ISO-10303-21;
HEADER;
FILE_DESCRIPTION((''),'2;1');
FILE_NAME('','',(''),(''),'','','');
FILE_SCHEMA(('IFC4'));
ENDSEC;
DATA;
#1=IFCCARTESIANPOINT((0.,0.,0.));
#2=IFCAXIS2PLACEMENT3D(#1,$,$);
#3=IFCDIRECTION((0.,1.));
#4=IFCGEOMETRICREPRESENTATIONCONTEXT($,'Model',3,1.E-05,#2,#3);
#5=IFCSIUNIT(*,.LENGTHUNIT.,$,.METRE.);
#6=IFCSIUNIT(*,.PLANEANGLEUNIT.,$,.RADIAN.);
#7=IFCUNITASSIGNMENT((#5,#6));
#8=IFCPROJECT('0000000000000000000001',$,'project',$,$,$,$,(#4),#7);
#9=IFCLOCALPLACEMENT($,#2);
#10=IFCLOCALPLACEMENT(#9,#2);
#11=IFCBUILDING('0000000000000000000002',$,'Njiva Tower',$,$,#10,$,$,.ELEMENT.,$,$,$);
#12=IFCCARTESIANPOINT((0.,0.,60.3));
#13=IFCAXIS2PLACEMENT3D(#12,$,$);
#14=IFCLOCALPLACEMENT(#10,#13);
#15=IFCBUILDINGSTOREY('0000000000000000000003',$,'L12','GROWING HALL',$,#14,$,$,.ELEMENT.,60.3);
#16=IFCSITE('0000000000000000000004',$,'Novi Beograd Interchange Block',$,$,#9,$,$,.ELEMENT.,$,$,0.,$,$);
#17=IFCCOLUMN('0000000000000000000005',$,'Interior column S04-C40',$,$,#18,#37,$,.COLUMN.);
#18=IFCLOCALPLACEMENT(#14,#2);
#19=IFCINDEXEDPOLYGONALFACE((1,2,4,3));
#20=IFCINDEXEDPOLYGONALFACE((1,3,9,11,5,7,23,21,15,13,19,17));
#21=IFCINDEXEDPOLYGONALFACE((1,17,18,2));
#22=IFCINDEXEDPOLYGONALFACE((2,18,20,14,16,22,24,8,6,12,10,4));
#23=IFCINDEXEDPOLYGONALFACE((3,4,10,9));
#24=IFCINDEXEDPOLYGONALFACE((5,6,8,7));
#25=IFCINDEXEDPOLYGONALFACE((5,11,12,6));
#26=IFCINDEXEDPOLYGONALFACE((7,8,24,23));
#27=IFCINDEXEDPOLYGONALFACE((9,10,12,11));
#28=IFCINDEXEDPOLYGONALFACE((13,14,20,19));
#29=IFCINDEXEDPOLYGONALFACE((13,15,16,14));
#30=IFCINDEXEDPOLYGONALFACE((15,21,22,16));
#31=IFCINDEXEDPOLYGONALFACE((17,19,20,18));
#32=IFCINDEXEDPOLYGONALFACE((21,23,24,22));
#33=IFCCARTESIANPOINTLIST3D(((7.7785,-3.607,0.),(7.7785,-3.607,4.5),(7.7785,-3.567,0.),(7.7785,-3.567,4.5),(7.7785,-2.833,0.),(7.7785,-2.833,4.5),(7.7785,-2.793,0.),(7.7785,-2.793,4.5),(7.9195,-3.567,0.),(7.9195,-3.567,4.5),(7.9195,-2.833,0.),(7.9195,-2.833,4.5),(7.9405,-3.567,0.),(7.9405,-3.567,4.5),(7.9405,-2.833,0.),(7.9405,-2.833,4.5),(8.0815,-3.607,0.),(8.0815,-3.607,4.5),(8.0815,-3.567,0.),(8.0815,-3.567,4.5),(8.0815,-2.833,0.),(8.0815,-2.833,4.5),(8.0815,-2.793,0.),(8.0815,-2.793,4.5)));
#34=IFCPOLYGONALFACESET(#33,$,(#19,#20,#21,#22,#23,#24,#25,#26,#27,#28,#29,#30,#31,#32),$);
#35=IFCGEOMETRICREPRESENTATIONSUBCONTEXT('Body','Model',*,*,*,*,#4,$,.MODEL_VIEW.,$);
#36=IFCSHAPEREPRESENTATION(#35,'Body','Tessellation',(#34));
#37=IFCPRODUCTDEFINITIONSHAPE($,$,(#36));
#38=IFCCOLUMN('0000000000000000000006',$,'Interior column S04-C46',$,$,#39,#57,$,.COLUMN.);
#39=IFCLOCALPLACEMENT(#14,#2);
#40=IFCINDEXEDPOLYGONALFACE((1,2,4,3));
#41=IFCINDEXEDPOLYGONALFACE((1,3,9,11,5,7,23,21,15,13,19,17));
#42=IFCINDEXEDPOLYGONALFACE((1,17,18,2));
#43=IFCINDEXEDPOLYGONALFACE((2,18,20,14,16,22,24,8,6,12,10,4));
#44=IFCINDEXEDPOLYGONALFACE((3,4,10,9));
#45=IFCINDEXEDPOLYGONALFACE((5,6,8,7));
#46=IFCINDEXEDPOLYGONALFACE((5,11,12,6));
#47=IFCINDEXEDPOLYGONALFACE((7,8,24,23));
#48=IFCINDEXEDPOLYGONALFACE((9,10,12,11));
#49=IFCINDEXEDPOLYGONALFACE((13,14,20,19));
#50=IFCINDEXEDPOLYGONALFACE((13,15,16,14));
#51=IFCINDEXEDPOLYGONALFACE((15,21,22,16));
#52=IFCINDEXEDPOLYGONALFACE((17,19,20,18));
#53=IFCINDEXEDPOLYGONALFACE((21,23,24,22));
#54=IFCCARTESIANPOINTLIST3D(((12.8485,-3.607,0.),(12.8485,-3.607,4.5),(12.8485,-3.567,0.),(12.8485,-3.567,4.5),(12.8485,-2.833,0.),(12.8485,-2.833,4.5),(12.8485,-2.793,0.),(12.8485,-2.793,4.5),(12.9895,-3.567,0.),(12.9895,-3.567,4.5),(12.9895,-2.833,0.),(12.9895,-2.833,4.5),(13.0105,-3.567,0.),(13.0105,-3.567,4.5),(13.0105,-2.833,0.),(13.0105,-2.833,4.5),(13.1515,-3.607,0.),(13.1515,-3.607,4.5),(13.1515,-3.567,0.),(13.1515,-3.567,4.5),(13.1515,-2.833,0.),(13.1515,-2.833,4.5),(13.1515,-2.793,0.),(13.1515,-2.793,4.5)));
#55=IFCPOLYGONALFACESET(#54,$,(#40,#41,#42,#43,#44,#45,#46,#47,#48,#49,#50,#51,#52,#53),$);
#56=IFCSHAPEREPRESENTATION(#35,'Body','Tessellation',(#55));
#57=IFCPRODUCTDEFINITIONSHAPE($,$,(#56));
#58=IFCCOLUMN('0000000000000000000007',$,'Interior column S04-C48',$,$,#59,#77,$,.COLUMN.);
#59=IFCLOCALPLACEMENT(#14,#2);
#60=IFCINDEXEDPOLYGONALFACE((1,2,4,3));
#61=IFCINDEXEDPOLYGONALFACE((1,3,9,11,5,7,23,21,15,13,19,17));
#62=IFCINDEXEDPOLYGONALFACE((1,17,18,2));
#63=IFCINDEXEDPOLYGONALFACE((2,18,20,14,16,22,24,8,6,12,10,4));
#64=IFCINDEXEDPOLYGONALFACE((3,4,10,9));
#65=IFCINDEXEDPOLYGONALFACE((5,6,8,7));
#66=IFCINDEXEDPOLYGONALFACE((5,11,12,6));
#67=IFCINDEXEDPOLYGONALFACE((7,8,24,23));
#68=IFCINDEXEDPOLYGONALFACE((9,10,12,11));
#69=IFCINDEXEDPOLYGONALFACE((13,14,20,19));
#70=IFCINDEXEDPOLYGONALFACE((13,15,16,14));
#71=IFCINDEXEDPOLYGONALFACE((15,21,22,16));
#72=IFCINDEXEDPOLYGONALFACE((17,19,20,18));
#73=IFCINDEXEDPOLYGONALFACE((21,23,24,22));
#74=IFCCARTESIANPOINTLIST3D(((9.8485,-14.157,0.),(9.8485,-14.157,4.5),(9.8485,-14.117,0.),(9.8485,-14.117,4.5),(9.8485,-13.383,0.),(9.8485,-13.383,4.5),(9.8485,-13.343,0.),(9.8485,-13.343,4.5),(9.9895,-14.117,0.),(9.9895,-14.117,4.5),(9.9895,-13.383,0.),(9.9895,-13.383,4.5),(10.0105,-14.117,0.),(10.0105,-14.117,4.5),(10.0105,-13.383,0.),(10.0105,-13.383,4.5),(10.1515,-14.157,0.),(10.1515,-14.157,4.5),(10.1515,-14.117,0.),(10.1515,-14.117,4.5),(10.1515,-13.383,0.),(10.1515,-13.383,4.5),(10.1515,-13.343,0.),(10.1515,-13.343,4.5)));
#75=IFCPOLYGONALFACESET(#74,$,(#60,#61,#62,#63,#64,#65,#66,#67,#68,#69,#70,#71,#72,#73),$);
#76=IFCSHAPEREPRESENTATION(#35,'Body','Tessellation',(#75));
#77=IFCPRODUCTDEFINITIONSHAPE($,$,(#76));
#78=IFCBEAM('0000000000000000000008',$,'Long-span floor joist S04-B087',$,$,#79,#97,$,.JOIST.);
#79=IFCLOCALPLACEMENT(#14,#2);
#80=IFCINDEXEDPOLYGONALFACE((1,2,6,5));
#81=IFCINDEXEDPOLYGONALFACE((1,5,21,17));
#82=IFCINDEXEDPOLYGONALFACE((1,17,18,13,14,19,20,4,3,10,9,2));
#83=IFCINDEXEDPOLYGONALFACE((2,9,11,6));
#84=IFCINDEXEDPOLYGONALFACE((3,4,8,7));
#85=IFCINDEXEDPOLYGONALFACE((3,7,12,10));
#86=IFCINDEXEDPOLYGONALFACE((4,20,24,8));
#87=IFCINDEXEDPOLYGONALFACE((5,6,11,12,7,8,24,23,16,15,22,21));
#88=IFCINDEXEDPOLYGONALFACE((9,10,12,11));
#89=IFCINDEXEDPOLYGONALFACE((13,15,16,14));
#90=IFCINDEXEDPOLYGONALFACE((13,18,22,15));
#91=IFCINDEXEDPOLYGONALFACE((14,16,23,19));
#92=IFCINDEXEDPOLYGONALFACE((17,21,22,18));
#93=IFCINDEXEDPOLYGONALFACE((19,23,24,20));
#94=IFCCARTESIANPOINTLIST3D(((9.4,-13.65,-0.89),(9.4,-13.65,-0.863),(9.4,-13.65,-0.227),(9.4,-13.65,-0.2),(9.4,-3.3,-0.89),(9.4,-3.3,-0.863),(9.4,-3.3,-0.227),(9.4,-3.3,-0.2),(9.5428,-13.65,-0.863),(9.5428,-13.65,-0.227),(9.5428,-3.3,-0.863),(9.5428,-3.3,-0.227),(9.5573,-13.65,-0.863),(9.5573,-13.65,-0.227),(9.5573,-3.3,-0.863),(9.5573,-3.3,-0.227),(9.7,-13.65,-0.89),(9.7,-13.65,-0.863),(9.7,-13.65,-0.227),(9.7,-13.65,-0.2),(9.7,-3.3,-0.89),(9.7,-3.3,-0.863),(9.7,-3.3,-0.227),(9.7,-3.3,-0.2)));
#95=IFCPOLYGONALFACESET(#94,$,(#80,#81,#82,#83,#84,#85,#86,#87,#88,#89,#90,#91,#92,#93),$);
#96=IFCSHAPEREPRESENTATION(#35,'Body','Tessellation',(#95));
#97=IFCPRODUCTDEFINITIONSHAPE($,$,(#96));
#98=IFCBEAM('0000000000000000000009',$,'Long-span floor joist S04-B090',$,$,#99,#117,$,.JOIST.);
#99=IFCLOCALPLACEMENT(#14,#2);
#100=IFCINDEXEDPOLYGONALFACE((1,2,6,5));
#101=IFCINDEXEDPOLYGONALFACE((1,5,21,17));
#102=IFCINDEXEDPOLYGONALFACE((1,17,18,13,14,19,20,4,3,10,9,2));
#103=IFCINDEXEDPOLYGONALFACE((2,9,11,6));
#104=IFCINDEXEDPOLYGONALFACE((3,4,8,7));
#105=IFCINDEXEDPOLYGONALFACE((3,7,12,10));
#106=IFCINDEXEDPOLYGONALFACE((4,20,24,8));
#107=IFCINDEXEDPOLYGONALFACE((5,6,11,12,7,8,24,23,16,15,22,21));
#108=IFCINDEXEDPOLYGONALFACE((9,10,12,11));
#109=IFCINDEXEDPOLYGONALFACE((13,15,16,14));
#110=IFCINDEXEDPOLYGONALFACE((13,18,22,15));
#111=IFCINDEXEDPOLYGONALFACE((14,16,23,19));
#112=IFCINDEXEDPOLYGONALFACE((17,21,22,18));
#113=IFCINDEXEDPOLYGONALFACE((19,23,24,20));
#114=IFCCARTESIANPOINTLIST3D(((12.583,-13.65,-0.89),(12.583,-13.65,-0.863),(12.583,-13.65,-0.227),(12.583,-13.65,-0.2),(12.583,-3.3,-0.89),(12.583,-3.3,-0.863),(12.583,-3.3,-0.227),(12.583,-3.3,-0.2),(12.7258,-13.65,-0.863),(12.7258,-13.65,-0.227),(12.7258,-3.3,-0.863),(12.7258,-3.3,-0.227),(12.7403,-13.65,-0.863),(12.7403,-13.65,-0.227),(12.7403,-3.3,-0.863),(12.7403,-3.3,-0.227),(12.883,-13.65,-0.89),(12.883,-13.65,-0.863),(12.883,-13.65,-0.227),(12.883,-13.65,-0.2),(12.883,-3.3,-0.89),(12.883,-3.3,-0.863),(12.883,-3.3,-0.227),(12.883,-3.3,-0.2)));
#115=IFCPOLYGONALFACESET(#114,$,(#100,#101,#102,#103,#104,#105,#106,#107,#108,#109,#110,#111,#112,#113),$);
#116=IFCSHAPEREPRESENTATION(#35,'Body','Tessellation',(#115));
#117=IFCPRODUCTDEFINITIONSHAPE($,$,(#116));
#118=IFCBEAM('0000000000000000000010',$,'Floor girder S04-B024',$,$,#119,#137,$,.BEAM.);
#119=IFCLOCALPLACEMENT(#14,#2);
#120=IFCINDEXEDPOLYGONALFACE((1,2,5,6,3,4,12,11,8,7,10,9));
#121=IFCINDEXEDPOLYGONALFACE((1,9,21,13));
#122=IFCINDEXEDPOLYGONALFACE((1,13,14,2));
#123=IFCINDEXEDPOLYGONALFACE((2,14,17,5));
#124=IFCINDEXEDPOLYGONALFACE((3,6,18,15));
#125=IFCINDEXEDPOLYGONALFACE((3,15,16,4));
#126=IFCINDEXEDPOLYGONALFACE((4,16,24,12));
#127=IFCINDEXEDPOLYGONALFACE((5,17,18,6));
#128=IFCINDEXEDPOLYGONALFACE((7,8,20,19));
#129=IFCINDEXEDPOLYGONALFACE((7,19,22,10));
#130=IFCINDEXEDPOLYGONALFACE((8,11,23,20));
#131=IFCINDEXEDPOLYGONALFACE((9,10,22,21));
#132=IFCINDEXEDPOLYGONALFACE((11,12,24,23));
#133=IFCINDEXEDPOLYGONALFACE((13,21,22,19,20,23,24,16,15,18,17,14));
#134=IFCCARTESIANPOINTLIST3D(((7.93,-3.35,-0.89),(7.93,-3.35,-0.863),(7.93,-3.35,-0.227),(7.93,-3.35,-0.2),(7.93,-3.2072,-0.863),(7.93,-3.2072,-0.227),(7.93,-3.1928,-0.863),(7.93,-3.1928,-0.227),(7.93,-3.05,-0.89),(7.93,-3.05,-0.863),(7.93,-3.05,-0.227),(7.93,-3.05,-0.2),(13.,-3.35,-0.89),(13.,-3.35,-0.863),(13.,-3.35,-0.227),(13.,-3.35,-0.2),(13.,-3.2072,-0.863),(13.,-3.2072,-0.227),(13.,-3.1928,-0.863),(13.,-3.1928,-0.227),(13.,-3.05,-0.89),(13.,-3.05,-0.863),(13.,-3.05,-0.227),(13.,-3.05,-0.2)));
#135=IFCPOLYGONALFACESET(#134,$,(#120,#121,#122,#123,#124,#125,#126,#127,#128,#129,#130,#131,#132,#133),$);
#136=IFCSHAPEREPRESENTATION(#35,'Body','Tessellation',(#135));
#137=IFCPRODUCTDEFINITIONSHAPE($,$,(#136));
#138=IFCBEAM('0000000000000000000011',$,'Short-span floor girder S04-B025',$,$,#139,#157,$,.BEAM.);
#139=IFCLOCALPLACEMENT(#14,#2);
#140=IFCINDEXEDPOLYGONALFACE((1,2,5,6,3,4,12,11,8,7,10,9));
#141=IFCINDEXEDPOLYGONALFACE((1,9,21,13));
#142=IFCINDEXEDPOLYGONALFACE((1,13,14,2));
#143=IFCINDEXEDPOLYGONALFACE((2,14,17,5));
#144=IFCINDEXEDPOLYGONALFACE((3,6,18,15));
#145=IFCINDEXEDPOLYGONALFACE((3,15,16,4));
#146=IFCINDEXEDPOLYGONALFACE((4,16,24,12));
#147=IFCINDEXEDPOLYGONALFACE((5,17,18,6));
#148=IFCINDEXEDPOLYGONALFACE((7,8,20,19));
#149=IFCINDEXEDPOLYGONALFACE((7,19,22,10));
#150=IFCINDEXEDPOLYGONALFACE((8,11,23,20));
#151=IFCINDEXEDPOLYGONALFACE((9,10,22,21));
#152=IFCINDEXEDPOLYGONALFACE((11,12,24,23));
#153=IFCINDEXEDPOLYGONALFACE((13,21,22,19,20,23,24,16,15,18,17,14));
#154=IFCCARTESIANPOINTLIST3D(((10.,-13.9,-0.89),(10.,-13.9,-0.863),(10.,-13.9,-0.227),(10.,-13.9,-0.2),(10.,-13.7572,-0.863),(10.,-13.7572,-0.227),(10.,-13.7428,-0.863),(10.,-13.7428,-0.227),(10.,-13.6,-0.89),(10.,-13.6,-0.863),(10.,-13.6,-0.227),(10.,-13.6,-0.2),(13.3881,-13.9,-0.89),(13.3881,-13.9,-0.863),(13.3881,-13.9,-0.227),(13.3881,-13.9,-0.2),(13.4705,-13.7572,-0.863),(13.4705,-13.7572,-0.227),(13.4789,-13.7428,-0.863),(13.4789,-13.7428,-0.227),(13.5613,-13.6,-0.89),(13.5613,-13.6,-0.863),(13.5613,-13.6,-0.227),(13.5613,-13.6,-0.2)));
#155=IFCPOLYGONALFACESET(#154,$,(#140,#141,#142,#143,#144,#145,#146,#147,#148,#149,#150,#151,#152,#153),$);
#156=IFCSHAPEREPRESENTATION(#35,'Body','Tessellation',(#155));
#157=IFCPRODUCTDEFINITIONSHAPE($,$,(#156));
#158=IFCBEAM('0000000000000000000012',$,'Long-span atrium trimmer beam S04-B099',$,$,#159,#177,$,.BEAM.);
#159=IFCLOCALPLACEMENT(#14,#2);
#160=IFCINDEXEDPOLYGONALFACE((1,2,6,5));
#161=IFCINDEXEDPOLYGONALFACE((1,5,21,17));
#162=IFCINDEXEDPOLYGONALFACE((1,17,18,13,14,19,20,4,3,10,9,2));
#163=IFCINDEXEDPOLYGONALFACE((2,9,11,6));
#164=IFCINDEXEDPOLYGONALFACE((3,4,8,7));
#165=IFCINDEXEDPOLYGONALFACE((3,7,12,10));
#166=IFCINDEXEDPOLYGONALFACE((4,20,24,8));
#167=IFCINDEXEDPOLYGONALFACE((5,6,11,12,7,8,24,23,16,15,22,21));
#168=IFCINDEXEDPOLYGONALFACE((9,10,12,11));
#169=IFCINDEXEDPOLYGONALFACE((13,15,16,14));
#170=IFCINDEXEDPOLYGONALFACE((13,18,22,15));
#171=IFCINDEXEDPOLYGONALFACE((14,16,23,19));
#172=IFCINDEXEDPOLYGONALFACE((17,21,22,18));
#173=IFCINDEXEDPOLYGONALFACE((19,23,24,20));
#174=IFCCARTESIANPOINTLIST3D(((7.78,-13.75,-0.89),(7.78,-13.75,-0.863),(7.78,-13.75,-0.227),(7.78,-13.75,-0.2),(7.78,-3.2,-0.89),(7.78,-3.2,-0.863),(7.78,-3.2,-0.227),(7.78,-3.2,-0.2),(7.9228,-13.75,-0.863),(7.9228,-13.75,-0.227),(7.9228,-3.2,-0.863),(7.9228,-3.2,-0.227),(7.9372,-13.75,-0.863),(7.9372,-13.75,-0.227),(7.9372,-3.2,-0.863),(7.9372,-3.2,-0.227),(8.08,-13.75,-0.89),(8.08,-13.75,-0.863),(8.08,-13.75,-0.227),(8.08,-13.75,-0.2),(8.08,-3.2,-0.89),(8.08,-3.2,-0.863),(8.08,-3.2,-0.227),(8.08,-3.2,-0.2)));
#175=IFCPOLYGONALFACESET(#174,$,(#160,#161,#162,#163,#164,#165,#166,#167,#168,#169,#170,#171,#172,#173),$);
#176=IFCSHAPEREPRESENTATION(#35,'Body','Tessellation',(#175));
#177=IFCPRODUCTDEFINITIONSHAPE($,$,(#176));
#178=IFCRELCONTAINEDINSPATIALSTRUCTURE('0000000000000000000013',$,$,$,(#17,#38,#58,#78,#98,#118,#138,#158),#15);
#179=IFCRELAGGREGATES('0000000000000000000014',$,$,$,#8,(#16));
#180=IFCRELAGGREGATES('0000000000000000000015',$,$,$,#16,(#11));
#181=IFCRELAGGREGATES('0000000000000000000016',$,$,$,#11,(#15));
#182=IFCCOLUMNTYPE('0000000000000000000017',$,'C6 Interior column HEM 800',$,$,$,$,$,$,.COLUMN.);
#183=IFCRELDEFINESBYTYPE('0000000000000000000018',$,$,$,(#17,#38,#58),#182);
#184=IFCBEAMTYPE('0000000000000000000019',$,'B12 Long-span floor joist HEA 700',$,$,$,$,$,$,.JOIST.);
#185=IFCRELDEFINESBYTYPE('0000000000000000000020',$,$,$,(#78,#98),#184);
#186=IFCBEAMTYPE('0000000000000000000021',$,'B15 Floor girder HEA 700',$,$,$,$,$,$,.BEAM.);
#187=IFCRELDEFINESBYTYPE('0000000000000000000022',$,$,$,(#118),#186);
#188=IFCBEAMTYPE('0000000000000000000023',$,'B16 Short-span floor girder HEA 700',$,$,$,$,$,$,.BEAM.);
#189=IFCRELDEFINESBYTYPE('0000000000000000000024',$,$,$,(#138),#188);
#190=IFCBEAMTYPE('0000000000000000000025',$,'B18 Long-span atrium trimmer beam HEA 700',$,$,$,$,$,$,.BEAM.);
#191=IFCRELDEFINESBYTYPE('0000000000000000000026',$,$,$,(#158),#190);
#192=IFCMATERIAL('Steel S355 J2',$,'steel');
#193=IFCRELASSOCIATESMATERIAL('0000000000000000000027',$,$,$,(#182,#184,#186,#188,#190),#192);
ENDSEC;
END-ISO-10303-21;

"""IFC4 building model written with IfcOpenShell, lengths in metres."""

from ifc_helpers import new_model, si_unit, direction, frame, origin, origin_2d, place, context, subcontext, project, spatial, i_section, extrude, clip, halfspace, material, material_profile, profile_set, type_object, element, save


model = new_model("IFC4")

# Units and contexts
model_context = context("Model", 3, precision=1e-05, world=origin(), true_north=direction((0.0, 1.0)))
body_context = subcontext(model_context, "Body", "Model", "MODEL_VIEW")
ifc_project = project(units=[si_unit("LENGTHUNIT", "METRE"), si_unit("PLANEANGLEUNIT", "RADIAN")], contexts=[model_context])

# Site, building, storey
site_placement = place(None, origin())
site = spatial("IfcSite", under=ifc_project, at=site_placement, Name="Novi Beograd Interchange Block", CompositionType="ELEMENT", RefElevation=0.0)
building_placement = place(site_placement, origin())
building = spatial("IfcBuilding", under=site, at=building_placement, Name="Njiva Tower", CompositionType="ELEMENT")
storey_placement = place(building_placement, frame((0.0, 0.0, 60.3)))
storey = spatial("IfcBuildingStorey", under=building, at=storey_placement, Name="L12", Description="GROWING HALL", CompositionType="ELEMENT", Elevation=60.3)

# Columns
ifc_material_1 = material(Name="Steel S355 J2", Category="steel")
ifc_material_profile_1 = material_profile(ifc_material_1, i_section(OverallWidth=0.303, OverallDepth=0.814, WebThickness=0.021, FlangeThickness=0.04, at=origin_2d()), Name="HEM 800")
ifc_profile_set_1 = profile_set([ifc_material_profile_1], Name="Steel S355 J2")
column_type = type_object("IfcColumnType", Name="C6 Interior column HEM 800", PredefinedType="COLUMN", material=ifc_profile_set_1)
for number, where, z_axis, x_axis, name in (
    (1, (7.93, -3.2, 0.0), (0.0, 0.0, 1.0), (1.0, 0.0, 0.0), "Interior column S04-C40"),
    (2, (13.0, -3.2, 0.0), (0.0, 0.0, 1.0), (1.0, 0.0, 0.0), "Interior column S04-C46"),
    (3, (10.0, -13.75, 0.0), (0.0, 0.0, 1.0), (1.0, 0.0, 0.0), "Interior column S04-C48"),
):
    element("IfcColumn", number, at=place(storey_placement, frame(where, z_axis=z_axis, x_axis=x_axis)), inside=storey, type_object=column_type, Name=name, PredefinedType="COLUMN", context=body_context, shape_type="SweptSolid", body=[
        extrude(i_section(OverallWidth=0.303, OverallDepth=0.814, WebThickness=0.021, FlangeThickness=0.04, at=origin_2d()), origin(), (0.0, 0.0, 1.0), 4.5),
    ])

# Beams
ifc_material_profile_2 = material_profile(ifc_material_1, i_section(OverallWidth=0.3, OverallDepth=0.69, WebThickness=0.0145, FlangeThickness=0.027, at=origin_2d()), Name="HEA 700")
ifc_profile_set_2 = profile_set([ifc_material_profile_2], Name="Steel S355 J2")
beam_type_1 = type_object("IfcBeamType", Name="B12 Long-span floor joist HEA 700", PredefinedType="JOIST", material=ifc_profile_set_2)
for number, where, z_axis, x_axis, name in (
    (4, (9.55, -3.3, -0.545), (0.0, -1.0, 0.0), (1.0, 0.0, 0.0), "Long-span floor joist S04-B087"),
    (5, (12.733, -3.3, -0.545), (0.0, -1.0, 0.0), (1.0, 0.0, 0.0), "Long-span floor joist S04-B090"),
):
    element("IfcBeam", number, at=place(storey_placement, frame(where, z_axis=z_axis, x_axis=x_axis)), inside=storey, type_object=beam_type_1, Name=name, PredefinedType="JOIST", context=body_context, shape_type="SweptSolid", body=[
        extrude(i_section(OverallWidth=0.3, OverallDepth=0.69, WebThickness=0.0145, FlangeThickness=0.027, at=origin_2d()), origin(), (0.0, 0.0, 1.0), 10.35),
    ])
ifc_material_profile_3 = material_profile(ifc_material_1, i_section(OverallWidth=0.3, OverallDepth=0.69, WebThickness=0.0145, FlangeThickness=0.027, at=origin_2d()), Name="HEA 700")
ifc_profile_set_3 = profile_set([ifc_material_profile_3], Name="Steel S355 J2")
beam_type_2 = type_object("IfcBeamType", Name="B15 Floor girder HEA 700", PredefinedType="BEAM", material=ifc_profile_set_3)
beam_1_placement = place(storey_placement, frame((7.93, -3.2, -0.545), z_axis=(1.0, 0.0, 0.0), x_axis=(0.0, 1.0, 0.0)))
element("IfcBeam", 6, at=beam_1_placement, inside=storey, type_object=beam_type_2, Name="Floor girder S04-B024", PredefinedType="BEAM", context=body_context, shape_type="SweptSolid", body=[
    extrude(i_section(OverallWidth=0.3, OverallDepth=0.69, WebThickness=0.0145, FlangeThickness=0.027, at=origin_2d()), origin(), (0.0, 0.0, 1.0), 5.07),
])
ifc_material_profile_4 = material_profile(ifc_material_1, i_section(OverallWidth=0.3, OverallDepth=0.69, WebThickness=0.0145, FlangeThickness=0.027, at=origin_2d()), Name="HEA 700")
ifc_profile_set_4 = profile_set([ifc_material_profile_4], Name="Steel S355 J2")
beam_type_3 = type_object("IfcBeamType", Name="B16 Short-span floor girder HEA 700", PredefinedType="BEAM", material=ifc_profile_set_4)
beam_2_placement = place(storey_placement, frame((10.0, -13.75, -0.545), z_axis=(1.0, 0.0, 0.0), x_axis=(0.0, 1.0, 0.0)))
element("IfcBeam", 7, at=beam_2_placement, inside=storey, type_object=beam_type_3, Name="Short-span floor girder S04-B025", PredefinedType="BEAM", context=body_context, shape_type="Clipping", body=[
    clip(extrude(i_section(OverallWidth=0.3, OverallDepth=0.69, WebThickness=0.0145, FlangeThickness=0.027, at=origin_2d()), origin(), (0.0, 0.0, 1.0), 3.582), halfspace(frame((-0.025, 0.0, 3.4603), z_axis=(-0.499998, 0.0, 0.866027), x_axis=(0.0, 1.0, 0.0)), False)),
])
ifc_material_profile_5 = material_profile(ifc_material_1, i_section(OverallWidth=0.3, OverallDepth=0.69, WebThickness=0.0145, FlangeThickness=0.027, at=origin_2d()), Name="HEA 700")
ifc_profile_set_5 = profile_set([ifc_material_profile_5], Name="Steel S355 J2")
beam_type_4 = type_object("IfcBeamType", Name="B18 Long-span atrium trimmer beam HEA 700", PredefinedType="BEAM", material=ifc_profile_set_5)
beam_3_placement = place(storey_placement, frame((7.93, -13.75, -0.545), z_axis=(0.0, 1.0, 0.0), x_axis=(-1.0, 0.0, 0.0)))
element("IfcBeam", 8, at=beam_3_placement, inside=storey, type_object=beam_type_4, Name="Long-span atrium trimmer beam S04-B099", PredefinedType="BEAM", context=body_context, shape_type="SweptSolid", body=[
    extrude(i_section(OverallWidth=0.3, OverallDepth=0.69, WebThickness=0.0145, FlangeThickness=0.027, at=origin_2d()), origin(), (0.0, 0.0, 1.0), 10.55),
])

save(model, "model.ifc")
